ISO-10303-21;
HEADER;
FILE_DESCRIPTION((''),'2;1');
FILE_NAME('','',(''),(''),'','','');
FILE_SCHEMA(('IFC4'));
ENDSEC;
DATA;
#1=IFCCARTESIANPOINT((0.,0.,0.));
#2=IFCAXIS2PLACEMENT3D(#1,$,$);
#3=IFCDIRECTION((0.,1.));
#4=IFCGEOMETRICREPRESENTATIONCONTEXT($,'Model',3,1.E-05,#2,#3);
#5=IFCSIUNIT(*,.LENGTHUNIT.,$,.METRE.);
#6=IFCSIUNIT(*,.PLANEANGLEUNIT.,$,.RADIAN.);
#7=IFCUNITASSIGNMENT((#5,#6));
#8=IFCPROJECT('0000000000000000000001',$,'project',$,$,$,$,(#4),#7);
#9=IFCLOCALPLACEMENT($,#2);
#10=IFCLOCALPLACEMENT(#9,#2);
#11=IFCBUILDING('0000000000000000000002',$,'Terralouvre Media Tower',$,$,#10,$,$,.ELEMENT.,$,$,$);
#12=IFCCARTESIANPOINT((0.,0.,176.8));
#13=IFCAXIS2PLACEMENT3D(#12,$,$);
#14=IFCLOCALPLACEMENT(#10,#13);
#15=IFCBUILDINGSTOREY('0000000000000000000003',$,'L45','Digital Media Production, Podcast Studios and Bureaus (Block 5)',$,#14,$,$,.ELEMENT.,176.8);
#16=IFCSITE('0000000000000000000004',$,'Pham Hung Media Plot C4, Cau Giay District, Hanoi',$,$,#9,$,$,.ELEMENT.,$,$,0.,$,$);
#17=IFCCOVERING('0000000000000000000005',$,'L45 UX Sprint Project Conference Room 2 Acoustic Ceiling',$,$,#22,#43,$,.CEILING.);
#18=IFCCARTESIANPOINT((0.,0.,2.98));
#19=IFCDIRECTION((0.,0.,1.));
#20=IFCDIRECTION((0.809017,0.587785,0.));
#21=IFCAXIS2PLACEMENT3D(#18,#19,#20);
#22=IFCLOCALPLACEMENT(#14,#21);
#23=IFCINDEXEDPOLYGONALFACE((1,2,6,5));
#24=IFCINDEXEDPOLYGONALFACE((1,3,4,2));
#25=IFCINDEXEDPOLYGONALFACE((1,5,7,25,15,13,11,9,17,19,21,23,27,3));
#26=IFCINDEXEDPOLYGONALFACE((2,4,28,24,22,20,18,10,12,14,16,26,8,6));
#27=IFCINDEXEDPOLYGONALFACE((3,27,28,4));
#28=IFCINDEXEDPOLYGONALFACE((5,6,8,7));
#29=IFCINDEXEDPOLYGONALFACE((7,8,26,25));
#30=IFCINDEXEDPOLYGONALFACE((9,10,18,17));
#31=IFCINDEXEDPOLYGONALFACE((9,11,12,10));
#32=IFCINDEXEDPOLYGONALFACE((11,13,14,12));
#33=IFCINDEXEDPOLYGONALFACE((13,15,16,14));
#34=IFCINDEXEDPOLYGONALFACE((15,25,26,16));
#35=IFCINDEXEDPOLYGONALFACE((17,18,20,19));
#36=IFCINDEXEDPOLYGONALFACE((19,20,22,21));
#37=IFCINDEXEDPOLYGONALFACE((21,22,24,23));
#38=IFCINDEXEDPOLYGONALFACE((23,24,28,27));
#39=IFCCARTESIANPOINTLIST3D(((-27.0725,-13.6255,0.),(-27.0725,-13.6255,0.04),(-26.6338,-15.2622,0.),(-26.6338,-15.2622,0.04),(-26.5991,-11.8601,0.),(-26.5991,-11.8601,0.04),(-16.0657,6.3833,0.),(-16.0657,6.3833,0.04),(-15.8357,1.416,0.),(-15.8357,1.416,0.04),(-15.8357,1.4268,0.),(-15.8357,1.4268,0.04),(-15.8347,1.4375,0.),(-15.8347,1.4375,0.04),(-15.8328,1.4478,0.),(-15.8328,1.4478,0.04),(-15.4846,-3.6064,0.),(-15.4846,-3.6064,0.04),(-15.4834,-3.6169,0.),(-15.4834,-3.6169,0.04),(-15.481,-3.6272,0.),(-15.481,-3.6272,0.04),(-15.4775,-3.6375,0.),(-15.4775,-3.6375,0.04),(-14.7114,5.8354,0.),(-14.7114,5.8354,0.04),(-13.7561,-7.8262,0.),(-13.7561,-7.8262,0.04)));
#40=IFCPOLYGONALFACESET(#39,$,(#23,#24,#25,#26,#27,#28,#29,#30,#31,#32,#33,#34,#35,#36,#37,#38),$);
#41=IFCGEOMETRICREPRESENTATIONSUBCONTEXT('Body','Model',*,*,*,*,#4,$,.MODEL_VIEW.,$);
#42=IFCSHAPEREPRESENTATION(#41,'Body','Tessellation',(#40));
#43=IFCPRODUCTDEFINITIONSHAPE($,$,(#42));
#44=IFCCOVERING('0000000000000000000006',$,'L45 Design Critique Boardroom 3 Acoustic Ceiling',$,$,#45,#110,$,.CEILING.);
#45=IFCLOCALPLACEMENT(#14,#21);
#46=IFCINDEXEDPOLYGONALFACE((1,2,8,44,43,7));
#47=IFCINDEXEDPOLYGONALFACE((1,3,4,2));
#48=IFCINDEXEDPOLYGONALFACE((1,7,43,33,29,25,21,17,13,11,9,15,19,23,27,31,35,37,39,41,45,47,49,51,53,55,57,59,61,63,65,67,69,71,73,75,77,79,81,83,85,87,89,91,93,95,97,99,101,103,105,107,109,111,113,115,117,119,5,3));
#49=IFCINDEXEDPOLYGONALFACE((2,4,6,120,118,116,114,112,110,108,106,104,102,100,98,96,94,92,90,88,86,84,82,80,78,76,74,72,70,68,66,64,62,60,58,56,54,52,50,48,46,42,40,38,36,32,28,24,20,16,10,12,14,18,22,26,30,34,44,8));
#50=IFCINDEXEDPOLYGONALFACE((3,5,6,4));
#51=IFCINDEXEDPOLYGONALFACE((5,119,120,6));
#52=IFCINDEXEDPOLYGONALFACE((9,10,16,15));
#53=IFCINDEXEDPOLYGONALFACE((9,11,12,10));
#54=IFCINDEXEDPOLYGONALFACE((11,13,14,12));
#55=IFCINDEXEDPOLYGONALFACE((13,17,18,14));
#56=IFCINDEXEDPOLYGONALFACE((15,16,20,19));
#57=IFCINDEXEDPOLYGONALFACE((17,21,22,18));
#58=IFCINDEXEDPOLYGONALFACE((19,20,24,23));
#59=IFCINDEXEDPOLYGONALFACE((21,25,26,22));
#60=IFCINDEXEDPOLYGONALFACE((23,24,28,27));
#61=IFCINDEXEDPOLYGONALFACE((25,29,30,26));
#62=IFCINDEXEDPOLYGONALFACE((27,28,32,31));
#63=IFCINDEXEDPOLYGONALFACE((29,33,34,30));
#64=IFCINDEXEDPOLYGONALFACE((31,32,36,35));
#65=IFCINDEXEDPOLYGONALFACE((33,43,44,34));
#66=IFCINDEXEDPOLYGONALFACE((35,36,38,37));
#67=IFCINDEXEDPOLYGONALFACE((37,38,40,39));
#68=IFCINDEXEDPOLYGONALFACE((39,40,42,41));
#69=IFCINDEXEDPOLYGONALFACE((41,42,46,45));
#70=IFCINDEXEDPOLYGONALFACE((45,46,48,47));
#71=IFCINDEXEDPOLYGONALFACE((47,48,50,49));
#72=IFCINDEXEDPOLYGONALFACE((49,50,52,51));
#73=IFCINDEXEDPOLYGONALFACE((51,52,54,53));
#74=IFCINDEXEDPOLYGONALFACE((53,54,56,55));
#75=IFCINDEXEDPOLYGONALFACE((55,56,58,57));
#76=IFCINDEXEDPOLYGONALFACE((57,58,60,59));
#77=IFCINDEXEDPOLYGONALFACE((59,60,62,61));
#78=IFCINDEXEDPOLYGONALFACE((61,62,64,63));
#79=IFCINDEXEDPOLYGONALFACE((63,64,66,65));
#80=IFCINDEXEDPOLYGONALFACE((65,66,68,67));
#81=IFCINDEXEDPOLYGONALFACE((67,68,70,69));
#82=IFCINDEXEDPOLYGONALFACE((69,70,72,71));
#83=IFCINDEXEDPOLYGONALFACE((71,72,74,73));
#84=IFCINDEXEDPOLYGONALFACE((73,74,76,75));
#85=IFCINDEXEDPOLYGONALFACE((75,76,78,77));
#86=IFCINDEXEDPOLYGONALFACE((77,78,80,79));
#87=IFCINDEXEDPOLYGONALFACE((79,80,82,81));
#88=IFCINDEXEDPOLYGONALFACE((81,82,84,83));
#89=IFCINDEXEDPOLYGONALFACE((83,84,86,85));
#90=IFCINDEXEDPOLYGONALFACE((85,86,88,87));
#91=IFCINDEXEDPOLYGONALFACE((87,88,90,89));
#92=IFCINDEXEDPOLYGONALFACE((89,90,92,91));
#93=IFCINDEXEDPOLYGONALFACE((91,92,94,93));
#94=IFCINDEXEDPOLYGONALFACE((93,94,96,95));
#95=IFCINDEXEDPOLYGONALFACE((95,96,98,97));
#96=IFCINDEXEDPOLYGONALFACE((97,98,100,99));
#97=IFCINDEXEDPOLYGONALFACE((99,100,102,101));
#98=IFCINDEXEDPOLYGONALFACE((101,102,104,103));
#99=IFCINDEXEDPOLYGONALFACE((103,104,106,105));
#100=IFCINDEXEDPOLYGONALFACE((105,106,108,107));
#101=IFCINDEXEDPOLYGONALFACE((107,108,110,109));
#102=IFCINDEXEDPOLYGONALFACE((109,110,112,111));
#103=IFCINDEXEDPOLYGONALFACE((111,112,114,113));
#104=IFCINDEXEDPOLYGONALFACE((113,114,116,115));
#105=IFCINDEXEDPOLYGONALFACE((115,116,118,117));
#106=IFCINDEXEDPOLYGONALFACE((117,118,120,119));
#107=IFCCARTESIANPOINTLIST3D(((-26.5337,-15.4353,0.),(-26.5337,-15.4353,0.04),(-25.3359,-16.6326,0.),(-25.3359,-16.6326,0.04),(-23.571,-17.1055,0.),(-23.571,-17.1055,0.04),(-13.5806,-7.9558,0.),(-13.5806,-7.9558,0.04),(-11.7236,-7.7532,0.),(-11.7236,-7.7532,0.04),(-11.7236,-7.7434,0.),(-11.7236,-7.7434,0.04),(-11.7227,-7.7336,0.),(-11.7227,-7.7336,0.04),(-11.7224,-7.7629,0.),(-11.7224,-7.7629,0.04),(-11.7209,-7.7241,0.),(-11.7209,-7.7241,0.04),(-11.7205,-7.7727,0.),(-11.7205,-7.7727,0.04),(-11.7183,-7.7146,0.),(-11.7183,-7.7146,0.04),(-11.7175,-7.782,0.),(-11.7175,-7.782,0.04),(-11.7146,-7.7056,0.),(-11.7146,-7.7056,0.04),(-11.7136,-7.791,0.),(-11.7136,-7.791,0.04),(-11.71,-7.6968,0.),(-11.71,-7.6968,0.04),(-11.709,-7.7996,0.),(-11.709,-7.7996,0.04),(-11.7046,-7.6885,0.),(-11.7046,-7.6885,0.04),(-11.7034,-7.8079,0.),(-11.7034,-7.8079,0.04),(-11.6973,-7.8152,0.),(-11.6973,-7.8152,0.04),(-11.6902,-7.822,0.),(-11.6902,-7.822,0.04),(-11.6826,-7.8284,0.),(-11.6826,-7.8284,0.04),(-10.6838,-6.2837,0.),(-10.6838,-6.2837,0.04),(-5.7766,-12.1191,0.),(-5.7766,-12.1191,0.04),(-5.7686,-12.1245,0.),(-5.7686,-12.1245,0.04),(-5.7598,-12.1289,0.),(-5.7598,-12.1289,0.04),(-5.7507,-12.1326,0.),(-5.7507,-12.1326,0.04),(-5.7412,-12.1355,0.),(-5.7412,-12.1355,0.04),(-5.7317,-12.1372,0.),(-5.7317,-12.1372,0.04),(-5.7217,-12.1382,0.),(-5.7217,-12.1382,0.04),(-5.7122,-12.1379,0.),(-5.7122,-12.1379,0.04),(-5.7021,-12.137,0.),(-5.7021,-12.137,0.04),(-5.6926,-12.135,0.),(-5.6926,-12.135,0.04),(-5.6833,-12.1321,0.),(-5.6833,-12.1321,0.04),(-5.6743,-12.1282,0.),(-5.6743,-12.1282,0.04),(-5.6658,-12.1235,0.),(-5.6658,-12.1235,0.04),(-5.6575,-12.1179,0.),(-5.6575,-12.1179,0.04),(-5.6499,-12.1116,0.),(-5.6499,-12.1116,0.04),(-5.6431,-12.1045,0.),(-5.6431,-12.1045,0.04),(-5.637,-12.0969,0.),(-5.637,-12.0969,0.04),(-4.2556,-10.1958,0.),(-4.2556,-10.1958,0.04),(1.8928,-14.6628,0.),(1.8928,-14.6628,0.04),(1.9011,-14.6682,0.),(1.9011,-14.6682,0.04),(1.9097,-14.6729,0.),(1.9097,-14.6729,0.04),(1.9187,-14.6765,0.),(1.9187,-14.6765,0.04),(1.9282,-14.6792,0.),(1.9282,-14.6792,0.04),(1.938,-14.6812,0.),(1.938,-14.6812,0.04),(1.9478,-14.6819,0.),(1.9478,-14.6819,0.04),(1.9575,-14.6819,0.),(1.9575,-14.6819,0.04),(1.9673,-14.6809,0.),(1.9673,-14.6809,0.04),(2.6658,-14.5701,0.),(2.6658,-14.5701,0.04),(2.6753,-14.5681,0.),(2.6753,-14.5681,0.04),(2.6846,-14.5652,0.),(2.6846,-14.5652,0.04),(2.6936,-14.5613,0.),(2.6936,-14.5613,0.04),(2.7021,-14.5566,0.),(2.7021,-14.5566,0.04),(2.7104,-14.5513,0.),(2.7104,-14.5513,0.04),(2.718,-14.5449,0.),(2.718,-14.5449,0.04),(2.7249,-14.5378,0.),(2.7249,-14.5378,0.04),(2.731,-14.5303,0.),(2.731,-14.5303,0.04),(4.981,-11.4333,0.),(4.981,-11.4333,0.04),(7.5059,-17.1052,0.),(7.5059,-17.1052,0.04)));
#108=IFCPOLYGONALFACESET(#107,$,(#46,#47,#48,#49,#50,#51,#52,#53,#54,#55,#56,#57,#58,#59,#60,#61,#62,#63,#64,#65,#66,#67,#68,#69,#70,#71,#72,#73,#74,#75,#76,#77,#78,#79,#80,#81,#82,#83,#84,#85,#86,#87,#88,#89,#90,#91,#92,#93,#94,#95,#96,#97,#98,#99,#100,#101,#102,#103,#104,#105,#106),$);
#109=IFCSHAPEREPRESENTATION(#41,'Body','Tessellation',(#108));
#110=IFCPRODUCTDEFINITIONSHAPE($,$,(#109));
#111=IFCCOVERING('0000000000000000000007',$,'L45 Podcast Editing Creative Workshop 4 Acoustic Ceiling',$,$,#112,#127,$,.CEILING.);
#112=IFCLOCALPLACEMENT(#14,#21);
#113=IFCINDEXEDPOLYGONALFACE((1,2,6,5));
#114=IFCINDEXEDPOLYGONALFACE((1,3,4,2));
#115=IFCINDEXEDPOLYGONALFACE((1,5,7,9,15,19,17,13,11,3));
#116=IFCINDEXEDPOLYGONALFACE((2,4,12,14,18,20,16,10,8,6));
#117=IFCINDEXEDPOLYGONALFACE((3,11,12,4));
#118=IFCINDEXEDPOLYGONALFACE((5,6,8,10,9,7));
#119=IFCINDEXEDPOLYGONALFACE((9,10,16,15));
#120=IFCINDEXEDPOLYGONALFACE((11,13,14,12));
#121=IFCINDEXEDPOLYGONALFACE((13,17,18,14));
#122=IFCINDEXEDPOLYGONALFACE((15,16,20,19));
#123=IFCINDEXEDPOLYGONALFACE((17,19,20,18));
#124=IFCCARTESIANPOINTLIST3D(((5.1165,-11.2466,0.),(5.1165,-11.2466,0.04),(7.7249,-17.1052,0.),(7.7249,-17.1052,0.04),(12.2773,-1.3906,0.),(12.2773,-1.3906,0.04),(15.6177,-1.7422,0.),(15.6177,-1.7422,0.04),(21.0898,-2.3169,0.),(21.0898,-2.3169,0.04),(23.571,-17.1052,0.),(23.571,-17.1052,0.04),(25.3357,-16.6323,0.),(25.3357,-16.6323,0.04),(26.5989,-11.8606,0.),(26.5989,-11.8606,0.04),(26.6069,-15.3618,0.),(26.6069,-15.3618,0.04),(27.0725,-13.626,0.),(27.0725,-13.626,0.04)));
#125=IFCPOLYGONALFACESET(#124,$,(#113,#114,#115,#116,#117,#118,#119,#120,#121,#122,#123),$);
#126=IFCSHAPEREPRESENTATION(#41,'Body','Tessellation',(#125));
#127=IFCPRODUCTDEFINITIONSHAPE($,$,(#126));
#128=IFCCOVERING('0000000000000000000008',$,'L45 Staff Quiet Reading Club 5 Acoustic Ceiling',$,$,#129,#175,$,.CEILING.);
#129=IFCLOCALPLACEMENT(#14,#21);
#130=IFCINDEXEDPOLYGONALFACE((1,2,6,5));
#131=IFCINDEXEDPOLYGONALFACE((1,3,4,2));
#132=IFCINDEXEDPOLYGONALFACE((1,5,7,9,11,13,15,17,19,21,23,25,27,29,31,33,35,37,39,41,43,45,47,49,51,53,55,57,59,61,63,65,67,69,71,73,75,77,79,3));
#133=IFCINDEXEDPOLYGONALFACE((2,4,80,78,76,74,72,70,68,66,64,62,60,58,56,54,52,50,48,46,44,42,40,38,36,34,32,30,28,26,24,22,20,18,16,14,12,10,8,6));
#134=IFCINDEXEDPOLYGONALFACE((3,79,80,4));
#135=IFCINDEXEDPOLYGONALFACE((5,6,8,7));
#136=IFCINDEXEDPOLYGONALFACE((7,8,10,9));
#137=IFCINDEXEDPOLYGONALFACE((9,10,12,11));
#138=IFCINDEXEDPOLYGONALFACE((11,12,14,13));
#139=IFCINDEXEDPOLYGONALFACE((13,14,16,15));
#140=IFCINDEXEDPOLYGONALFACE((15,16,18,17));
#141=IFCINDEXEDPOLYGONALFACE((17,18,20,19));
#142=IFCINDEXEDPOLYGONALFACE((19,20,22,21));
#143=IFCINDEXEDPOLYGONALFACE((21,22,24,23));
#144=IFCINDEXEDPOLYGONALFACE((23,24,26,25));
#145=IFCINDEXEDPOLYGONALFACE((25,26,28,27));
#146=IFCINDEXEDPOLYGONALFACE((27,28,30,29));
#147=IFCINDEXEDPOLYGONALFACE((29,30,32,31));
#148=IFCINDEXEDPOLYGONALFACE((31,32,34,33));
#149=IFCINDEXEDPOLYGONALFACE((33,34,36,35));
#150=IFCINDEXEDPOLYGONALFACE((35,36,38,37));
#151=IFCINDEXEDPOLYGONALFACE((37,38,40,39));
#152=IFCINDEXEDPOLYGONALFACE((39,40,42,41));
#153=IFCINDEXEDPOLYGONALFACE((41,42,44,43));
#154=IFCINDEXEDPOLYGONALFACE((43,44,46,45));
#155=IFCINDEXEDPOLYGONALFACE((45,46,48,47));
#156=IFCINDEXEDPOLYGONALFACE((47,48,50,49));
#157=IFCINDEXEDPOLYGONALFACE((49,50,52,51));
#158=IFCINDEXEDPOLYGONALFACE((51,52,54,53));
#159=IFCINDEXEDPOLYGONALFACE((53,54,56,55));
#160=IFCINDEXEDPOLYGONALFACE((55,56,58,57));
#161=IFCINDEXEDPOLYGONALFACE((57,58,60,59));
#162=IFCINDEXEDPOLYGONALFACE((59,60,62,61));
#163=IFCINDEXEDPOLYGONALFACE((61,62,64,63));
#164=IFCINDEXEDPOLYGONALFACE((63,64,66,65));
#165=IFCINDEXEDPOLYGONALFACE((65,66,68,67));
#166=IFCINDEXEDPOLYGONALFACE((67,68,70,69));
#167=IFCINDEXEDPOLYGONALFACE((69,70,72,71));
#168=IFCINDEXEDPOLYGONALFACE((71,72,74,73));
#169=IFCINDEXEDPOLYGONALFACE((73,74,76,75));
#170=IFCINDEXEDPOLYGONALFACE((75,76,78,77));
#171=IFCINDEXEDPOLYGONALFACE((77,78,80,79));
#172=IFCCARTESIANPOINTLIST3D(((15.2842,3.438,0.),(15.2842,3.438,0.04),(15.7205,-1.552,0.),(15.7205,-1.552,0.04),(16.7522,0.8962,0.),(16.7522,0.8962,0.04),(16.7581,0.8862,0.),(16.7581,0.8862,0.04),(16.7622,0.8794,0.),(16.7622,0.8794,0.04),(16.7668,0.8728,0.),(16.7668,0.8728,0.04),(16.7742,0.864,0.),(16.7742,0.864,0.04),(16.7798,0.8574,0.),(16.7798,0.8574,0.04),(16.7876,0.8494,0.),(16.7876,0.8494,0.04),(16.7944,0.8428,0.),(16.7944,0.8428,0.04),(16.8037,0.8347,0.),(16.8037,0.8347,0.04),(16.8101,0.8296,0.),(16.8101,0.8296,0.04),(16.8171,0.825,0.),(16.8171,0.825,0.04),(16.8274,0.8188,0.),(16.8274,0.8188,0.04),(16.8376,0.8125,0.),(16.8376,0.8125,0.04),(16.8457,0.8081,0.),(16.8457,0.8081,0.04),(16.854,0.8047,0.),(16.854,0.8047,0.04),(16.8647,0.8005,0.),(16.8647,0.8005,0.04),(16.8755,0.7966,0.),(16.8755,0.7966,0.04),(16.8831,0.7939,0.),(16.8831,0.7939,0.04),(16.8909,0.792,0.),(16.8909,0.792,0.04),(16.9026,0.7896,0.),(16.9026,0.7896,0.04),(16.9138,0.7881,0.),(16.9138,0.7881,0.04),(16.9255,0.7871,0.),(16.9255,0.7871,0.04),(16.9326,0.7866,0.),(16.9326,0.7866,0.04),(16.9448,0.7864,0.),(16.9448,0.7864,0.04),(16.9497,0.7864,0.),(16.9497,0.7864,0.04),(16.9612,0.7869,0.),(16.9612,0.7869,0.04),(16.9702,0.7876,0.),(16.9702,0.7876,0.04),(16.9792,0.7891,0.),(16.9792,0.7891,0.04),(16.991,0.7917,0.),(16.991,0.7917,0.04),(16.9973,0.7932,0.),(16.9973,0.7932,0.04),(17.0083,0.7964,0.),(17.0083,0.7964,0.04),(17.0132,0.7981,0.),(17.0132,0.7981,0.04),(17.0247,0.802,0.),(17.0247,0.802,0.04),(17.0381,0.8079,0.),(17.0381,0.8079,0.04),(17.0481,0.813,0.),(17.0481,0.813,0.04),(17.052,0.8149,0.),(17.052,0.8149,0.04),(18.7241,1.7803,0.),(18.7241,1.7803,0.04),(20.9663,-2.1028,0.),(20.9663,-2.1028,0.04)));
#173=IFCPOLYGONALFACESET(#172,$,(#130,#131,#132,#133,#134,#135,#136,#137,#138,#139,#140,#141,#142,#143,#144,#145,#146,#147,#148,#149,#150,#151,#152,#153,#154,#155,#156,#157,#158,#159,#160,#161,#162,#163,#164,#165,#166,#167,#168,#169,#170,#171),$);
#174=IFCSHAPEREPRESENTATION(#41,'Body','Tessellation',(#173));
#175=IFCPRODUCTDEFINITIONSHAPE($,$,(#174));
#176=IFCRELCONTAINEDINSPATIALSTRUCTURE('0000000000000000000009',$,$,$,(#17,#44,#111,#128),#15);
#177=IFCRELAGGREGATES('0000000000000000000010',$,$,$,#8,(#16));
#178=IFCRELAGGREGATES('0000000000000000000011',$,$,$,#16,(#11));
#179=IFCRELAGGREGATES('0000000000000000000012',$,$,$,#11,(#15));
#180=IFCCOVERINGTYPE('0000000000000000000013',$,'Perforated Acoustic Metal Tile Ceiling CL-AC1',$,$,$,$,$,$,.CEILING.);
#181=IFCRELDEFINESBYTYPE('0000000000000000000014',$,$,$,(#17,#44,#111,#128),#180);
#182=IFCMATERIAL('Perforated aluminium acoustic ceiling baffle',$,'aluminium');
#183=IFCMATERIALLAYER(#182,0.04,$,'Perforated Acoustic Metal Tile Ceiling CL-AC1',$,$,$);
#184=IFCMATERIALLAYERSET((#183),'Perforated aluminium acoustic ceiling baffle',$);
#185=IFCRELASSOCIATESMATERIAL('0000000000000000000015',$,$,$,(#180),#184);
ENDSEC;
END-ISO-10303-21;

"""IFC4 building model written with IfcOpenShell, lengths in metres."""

from ifc_helpers import new_model, si_unit, direction, frame, origin, place, context, subcontext, project, spatial, polyline, outline, extrude, material, layer, layer_set, type_object, element, save


model = new_model("IFC4")

# Units and contexts
model_context = context("Model", 3, precision=1e-05, world=origin(), true_north=direction((0.0, 1.0)))
body_context = subcontext(model_context, "Body", "Model", "MODEL_VIEW")
ifc_project = project(units=[si_unit("LENGTHUNIT", "METRE"), si_unit("PLANEANGLEUNIT", "RADIAN")], contexts=[model_context])

# Site, building, storey
site_placement = place(None, origin())
site = spatial("IfcSite", under=ifc_project, at=site_placement, Name="Pham Hung Media Plot C4, Cau Giay District, Hanoi", CompositionType="ELEMENT", RefElevation=0.0)
building_placement = place(site_placement, origin())
building = spatial("IfcBuilding", under=site, at=building_placement, Name="Terralouvre Media Tower", CompositionType="ELEMENT")
storey_placement = place(building_placement, frame((0.0, 0.0, 176.8)))
storey = spatial("IfcBuildingStorey", under=building, at=storey_placement, Name="L45", Description="Digital Media Production, Podcast Studios and Bureaus (Block 5)", CompositionType="ELEMENT", Elevation=176.8)

# Coverings
ifc_material_1 = material(Name="Perforated aluminium acoustic ceiling baffle", Category="aluminium")
ifc_layer_1 = layer(ifc_material_1, 0.04, Name="Perforated Acoustic Metal Tile Ceiling CL-AC1")
ifc_layer_set_1 = layer_set([ifc_layer_1], Name="Perforated aluminium acoustic ceiling baffle")
covering_type_1 = type_object("IfcCoveringType", Name="Perforated Acoustic Metal Tile Ceiling CL-AC1", PredefinedType="CEILING", material=ifc_layer_set_1)
covering_1_placement = place(storey_placement, frame((0.0, 0.0, 2.98), z_axis=(0.0, 0.0, 1.0), x_axis=(0.809017, 0.587785, 0.0)))
element("IfcCovering", 1, at=covering_1_placement, inside=storey, type_object=covering_type_1, Name="L45 UX Sprint Project Conference Room 2 Acoustic Ceiling", PredefinedType="CEILING", context=body_context, shape_type="SweptSolid", body=[
    extrude(outline(polyline([(-15.4775, -3.6375), (-15.481, -3.6272), (-15.4834, -3.6169), (-15.4846, -3.6064), (-15.8357, 1.416), (-15.8357, 1.4268), (-15.8347, 1.4375), (-15.8328, 1.4478), (-14.7114, 5.8354), (-16.0657, 6.3833), (-26.5991, -11.8601), (-27.0725, -13.6255), (-26.6338, -15.2622), (-13.7561, -7.8262), (-15.4775, -3.6375)])), origin(), (0.0, 0.0, 1.0), 0.04),
])
covering_2_placement = place(storey_placement, frame((0.0, 0.0, 2.98), z_axis=(0.0, 0.0, 1.0), x_axis=(0.809017, 0.587785, 0.0)))
element("IfcCovering", 2, at=covering_2_placement, inside=storey, type_object=covering_type_1, Name="L45 Design Critique Boardroom 3 Acoustic Ceiling", PredefinedType="CEILING", context=body_context, shape_type="SweptSolid", body=[
    extrude(outline(polyline([(2.731, -14.5303), (2.7249, -14.5378), (2.718, -14.5449), (2.7104, -14.5513), (2.7021, -14.5566), (2.6936, -14.5613), (2.6846, -14.5652), (2.6753, -14.5681), (2.6658, -14.5701), (1.9673, -14.6809), (1.9575, -14.6819), (1.9478, -14.6819), (1.938, -14.6812), (1.9282, -14.6792), (1.9187, -14.6765), (1.9097, -14.6729), (1.9011, -14.6682), (1.8928, -14.6628), (-4.2556, -10.1958), (-5.637, -12.0969), (-5.6431, -12.1045), (-5.6499, -12.1116), (-5.6575, -12.1179), (-5.6658, -12.1235), (-5.6743, -12.1282), (-5.6833, -12.1321), (-5.6926, -12.135), (-5.7021, -12.137), (-5.7122, -12.1379), (-5.7217, -12.1382), (-5.7317, -12.1372), (-5.7412, -12.1355), (-5.7507, -12.1326), (-5.7598, -12.1289), (-5.7686, -12.1245), (-5.7766, -12.1191), (-11.6826, -7.8284), (-11.6902, -7.822), (-11.6973, -7.8152), (-11.7034, -7.8079), (-11.709, -7.7996), (-11.7136, -7.791), (-11.7175, -7.782), (-11.7205, -7.7727), (-11.7224, -7.7629), (-11.7236, -7.7532), (-11.7236, -7.7434), (-11.7227, -7.7336), (-11.7209, -7.7241), (-11.7183, -7.7146), (-11.7146, -7.7056), (-11.71, -7.6968), (-11.7046, -7.6885), (-10.6838, -6.2837), (-13.5806, -7.9558), (-26.5337, -15.4353), (-25.3359, -16.6326), (-23.571, -17.1055), (7.5059, -17.1052), (4.981, -11.4333), (2.731, -14.5303)])), origin(), (0.0, 0.0, 1.0), 0.04),
])
covering_3_placement = place(storey_placement, frame((0.0, 0.0, 2.98), z_axis=(0.0, 0.0, 1.0), x_axis=(0.809017, 0.587785, 0.0)))
element("IfcCovering", 3, at=covering_3_placement, inside=storey, type_object=covering_type_1, Name="L45 Podcast Editing Creative Workshop 4 Acoustic Ceiling", PredefinedType="CEILING", context=body_context, shape_type="SweptSolid", body=[
    extrude(outline(polyline([(21.0898, -2.3169), (15.6177, -1.7422), (12.2773, -1.3906), (5.1165, -11.2466), (7.7249, -17.1052), (23.571, -17.1052), (25.3357, -16.6323), (26.6069, -15.3618), (27.0725, -13.626), (26.5989, -11.8606), (21.0898, -2.3169)])), origin(), (0.0, 0.0, 1.0), 0.04),
])
covering_4_placement = place(storey_placement, frame((0.0, 0.0, 2.98), z_axis=(0.0, 0.0, 1.0), x_axis=(0.809017, 0.587785, 0.0)))
element("IfcCovering", 4, at=covering_4_placement, inside=storey, type_object=covering_type_1, Name="L45 Staff Quiet Reading Club 5 Acoustic Ceiling", PredefinedType="CEILING", context=body_context, shape_type="SweptSolid", body=[
    extrude(outline(polyline([(20.9663, -2.1028), (18.7241, 1.7803), (17.052, 0.8149), (17.0481, 0.813), (17.0381, 0.8079), (17.0247, 0.802), (17.0132, 0.7981), (17.0083, 0.7964), (16.9973, 0.7932), (16.991, 0.7917), (16.9792, 0.7891), (16.9702, 0.7876), (16.9612, 0.7869), (16.9497, 0.7864), (16.9448, 0.7864), (16.9326, 0.7866), (16.9255, 0.7871), (16.9138, 0.7881), (16.9026, 0.7896), (16.8909, 0.792), (16.8831, 0.7939), (16.8755, 0.7966), (16.8647, 0.8005), (16.854, 0.8047), (16.8457, 0.8081), (16.8376, 0.8125), (16.8274, 0.8188), (16.8171, 0.825), (16.8101, 0.8296), (16.8037, 0.8347), (16.7944, 0.8428), (16.7876, 0.8494), (16.7798, 0.8574), (16.7742, 0.864), (16.7668, 0.8728), (16.7622, 0.8794), (16.7581, 0.8862), (16.7522, 0.8962), (15.2842, 3.438), (15.7205, -1.552), (20.9663, -2.1028)])), origin(), (0.0, 0.0, 1.0), 0.04),
])

save(model, "model.ifc")
